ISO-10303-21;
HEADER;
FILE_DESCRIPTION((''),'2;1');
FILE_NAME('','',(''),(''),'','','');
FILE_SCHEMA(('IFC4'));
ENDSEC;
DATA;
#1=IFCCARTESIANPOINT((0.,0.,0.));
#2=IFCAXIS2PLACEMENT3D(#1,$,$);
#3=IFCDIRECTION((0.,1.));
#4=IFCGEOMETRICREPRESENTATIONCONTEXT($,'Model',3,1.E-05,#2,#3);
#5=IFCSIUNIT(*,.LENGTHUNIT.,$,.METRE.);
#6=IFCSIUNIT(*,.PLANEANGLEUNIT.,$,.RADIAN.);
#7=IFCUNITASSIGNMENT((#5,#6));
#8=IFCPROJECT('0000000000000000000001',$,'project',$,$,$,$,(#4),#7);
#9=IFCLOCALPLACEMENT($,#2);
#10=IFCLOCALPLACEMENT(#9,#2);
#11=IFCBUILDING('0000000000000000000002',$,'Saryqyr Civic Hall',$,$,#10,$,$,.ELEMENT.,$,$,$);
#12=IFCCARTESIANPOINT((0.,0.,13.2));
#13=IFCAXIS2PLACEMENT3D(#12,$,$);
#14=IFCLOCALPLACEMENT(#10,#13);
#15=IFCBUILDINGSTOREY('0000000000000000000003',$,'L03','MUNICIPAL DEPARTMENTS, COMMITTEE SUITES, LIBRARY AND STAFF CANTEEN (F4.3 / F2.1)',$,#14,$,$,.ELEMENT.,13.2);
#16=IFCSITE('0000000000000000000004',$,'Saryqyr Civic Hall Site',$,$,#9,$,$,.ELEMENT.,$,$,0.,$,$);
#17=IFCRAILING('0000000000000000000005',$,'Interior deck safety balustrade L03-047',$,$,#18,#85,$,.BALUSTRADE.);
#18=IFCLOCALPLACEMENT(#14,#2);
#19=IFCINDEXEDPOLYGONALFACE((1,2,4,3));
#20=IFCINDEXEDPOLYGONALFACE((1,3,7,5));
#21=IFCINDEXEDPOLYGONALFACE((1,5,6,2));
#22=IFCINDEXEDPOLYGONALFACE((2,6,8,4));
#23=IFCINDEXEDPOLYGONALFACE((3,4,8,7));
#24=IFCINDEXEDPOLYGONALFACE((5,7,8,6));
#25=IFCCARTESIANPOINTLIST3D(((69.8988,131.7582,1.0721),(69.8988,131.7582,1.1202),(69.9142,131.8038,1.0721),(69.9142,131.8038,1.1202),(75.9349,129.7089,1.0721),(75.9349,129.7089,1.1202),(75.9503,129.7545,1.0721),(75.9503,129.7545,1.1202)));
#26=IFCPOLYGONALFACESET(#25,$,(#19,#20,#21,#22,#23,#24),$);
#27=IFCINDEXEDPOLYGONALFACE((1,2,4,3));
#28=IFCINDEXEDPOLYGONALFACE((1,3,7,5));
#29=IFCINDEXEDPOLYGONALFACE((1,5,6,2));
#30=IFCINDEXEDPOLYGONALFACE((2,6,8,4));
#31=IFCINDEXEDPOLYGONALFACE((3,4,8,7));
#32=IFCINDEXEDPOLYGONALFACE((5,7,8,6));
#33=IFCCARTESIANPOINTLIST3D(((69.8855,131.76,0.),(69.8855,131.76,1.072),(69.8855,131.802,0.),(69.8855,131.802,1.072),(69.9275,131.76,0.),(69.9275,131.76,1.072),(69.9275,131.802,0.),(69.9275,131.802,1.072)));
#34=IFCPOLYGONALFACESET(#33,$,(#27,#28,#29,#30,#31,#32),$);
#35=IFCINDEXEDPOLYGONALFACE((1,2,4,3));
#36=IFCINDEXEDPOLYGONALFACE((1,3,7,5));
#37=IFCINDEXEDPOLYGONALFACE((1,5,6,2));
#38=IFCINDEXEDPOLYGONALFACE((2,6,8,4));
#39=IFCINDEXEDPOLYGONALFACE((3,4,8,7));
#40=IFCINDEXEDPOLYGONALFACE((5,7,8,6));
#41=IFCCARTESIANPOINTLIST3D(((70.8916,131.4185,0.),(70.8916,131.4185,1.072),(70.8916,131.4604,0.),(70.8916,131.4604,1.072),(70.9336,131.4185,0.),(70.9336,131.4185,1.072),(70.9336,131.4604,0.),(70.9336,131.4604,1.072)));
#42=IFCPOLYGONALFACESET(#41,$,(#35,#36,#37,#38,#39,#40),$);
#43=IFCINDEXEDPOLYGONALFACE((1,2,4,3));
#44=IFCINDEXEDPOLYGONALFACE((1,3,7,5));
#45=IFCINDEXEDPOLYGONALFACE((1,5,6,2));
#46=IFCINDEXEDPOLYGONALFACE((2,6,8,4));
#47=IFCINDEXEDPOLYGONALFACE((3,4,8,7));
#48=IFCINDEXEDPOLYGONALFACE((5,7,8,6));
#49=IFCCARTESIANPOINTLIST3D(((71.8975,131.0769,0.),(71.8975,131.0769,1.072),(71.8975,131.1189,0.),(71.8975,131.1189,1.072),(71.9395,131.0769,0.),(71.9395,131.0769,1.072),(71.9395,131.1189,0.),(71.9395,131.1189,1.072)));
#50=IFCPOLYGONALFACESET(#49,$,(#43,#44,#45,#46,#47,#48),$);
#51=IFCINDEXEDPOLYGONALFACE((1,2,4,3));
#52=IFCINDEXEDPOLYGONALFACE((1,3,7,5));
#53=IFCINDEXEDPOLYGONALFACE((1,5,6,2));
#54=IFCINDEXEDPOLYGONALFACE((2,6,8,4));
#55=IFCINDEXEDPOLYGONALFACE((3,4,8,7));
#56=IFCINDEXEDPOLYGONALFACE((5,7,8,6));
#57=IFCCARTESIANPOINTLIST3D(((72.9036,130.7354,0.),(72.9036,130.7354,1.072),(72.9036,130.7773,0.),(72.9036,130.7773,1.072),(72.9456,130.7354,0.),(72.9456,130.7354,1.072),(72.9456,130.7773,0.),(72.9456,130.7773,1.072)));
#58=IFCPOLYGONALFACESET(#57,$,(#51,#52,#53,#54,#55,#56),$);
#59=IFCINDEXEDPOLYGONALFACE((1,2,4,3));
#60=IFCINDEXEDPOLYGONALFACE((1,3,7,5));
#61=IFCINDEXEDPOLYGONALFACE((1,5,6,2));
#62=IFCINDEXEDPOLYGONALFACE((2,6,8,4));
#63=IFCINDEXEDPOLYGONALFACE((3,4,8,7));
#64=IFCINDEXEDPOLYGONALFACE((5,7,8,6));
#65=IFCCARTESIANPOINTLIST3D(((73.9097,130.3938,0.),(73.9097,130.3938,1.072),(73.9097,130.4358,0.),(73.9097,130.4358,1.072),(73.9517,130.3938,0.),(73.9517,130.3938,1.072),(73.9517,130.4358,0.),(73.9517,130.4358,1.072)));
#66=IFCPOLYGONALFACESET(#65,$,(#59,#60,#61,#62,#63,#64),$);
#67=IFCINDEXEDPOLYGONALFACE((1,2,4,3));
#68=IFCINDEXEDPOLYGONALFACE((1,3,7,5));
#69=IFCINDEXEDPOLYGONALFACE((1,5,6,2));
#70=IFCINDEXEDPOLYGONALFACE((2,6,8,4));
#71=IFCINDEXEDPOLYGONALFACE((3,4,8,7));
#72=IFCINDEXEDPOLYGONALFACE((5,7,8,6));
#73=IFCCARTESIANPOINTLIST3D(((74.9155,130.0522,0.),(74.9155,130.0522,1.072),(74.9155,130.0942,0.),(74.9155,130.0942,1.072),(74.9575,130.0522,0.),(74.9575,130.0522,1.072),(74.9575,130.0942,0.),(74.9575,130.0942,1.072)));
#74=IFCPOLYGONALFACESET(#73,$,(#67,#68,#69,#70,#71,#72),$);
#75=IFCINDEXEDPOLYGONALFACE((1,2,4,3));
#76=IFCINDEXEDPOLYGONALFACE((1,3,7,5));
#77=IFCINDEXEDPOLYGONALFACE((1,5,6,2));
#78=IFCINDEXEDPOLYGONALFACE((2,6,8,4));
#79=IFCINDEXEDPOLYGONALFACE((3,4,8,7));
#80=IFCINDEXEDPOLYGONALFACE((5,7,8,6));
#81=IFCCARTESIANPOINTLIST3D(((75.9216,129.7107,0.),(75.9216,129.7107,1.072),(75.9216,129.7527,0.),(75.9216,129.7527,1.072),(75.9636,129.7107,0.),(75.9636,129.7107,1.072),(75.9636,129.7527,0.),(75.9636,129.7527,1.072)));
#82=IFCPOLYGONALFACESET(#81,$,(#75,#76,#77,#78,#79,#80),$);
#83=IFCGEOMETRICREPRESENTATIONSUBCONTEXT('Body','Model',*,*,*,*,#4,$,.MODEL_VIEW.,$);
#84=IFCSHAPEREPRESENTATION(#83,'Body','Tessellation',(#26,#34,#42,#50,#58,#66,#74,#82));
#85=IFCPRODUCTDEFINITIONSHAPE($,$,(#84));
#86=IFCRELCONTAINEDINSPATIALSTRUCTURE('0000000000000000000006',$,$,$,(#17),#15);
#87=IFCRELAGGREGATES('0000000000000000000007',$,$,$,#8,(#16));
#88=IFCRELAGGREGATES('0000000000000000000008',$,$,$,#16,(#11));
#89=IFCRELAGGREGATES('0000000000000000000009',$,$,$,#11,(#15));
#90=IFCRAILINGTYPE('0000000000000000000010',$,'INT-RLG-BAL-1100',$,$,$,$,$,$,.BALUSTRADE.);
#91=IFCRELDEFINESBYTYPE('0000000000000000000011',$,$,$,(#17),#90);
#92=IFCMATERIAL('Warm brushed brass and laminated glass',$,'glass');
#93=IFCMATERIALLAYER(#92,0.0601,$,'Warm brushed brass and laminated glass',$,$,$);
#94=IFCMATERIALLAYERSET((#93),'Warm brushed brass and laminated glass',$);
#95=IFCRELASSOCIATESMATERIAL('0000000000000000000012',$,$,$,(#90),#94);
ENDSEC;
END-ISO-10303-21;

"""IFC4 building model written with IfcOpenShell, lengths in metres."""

from ifc_helpers import new_model, si_unit, direction, frame, origin, origin_2d, place, context, subcontext, project, spatial, rectangle, extrude, material, layer, layer_set, type_object, element, save


model = new_model("IFC4")

# Units and contexts
model_context = context("Model", 3, precision=1e-05, world=origin(), true_north=direction((0.0, 1.0)))
body_context = subcontext(model_context, "Body", "Model", "MODEL_VIEW")
ifc_project = project(units=[si_unit("LENGTHUNIT", "METRE"), si_unit("PLANEANGLEUNIT", "RADIAN")], contexts=[model_context])

# Site, building, storey
site_placement = place(None, origin())
site = spatial("IfcSite", under=ifc_project, at=site_placement, Name="Saryqyr Civic Hall Site", CompositionType="ELEMENT", RefElevation=0.0)
building_placement = place(site_placement, origin())
building = spatial("IfcBuilding", under=site, at=building_placement, Name="Saryqyr Civic Hall", CompositionType="ELEMENT")
storey_placement = place(building_placement, frame((0.0, 0.0, 13.2)))
storey = spatial("IfcBuildingStorey", under=building, at=storey_placement, Name="L03", Description="MUNICIPAL DEPARTMENTS, COMMITTEE SUITES, LIBRARY AND STAFF CANTEEN (F4.3 / F2.1)", CompositionType="ELEMENT", Elevation=13.2)

# Railing
ifc_material_1 = material(Name="Warm brushed brass and laminated glass", Category="glass")
ifc_layer_1 = layer(ifc_material_1, 0.0601, Name="Warm brushed brass and laminated glass")
ifc_layer_set_1 = layer_set([ifc_layer_1], Name="Warm brushed brass and laminated glass")
railing_type = type_object("IfcRailingType", Name="INT-RLG-BAL-1100", PredefinedType="BALUSTRADE", material=ifc_layer_set_1)
railing_1_placement = place(storey_placement, frame((69.9065, 131.781, 0.0)))
element("IfcRailing", 1, at=railing_1_placement, inside=storey, type_object=railing_type, Name="Interior deck safety balustrade L03-047", PredefinedType="BALUSTRADE", context=body_context, shape_type="SweptSolid", body=[
    extrude(rectangle(XDim=0.0481, YDim=0.0481, at=origin_2d()), frame((0.0, 0.0, 1.0962), z_axis=(0.946915, -0.321485, 0.0), x_axis=(0.321485, 0.946915, 0.0)), (0.0, 0.0, 1.0), 6.3745),
    extrude(rectangle(XDim=0.042, YDim=0.042, at=origin_2d()), origin(), (0.0, 0.0, 1.0), 1.072),
    extrude(rectangle(XDim=0.042, YDim=0.042, at=origin_2d()), frame((1.0061, -0.3416, 0.0)), (0.0, 0.0, 1.0), 1.072),
    extrude(rectangle(XDim=0.042, YDim=0.042, at=origin_2d()), frame((2.012, -0.6831, 0.0)), (0.0, 0.0, 1.0), 1.072),
    extrude(rectangle(XDim=0.042, YDim=0.042, at=origin_2d()), frame((3.0181, -1.0247, 0.0)), (0.0, 0.0, 1.0), 1.072),
    extrude(rectangle(XDim=0.042, YDim=0.042, at=origin_2d()), frame((4.0242, -1.3662, 0.0)), (0.0, 0.0, 1.0), 1.072),
    extrude(rectangle(XDim=0.042, YDim=0.042, at=origin_2d()), frame((5.03, -1.7078, 0.0)), (0.0, 0.0, 1.0), 1.072),
    extrude(rectangle(XDim=0.042, YDim=0.042, at=origin_2d()), frame((6.0361, -2.0493, 0.0)), (0.0, 0.0, 1.0), 1.072),
])

save(model, "model.ifc")
